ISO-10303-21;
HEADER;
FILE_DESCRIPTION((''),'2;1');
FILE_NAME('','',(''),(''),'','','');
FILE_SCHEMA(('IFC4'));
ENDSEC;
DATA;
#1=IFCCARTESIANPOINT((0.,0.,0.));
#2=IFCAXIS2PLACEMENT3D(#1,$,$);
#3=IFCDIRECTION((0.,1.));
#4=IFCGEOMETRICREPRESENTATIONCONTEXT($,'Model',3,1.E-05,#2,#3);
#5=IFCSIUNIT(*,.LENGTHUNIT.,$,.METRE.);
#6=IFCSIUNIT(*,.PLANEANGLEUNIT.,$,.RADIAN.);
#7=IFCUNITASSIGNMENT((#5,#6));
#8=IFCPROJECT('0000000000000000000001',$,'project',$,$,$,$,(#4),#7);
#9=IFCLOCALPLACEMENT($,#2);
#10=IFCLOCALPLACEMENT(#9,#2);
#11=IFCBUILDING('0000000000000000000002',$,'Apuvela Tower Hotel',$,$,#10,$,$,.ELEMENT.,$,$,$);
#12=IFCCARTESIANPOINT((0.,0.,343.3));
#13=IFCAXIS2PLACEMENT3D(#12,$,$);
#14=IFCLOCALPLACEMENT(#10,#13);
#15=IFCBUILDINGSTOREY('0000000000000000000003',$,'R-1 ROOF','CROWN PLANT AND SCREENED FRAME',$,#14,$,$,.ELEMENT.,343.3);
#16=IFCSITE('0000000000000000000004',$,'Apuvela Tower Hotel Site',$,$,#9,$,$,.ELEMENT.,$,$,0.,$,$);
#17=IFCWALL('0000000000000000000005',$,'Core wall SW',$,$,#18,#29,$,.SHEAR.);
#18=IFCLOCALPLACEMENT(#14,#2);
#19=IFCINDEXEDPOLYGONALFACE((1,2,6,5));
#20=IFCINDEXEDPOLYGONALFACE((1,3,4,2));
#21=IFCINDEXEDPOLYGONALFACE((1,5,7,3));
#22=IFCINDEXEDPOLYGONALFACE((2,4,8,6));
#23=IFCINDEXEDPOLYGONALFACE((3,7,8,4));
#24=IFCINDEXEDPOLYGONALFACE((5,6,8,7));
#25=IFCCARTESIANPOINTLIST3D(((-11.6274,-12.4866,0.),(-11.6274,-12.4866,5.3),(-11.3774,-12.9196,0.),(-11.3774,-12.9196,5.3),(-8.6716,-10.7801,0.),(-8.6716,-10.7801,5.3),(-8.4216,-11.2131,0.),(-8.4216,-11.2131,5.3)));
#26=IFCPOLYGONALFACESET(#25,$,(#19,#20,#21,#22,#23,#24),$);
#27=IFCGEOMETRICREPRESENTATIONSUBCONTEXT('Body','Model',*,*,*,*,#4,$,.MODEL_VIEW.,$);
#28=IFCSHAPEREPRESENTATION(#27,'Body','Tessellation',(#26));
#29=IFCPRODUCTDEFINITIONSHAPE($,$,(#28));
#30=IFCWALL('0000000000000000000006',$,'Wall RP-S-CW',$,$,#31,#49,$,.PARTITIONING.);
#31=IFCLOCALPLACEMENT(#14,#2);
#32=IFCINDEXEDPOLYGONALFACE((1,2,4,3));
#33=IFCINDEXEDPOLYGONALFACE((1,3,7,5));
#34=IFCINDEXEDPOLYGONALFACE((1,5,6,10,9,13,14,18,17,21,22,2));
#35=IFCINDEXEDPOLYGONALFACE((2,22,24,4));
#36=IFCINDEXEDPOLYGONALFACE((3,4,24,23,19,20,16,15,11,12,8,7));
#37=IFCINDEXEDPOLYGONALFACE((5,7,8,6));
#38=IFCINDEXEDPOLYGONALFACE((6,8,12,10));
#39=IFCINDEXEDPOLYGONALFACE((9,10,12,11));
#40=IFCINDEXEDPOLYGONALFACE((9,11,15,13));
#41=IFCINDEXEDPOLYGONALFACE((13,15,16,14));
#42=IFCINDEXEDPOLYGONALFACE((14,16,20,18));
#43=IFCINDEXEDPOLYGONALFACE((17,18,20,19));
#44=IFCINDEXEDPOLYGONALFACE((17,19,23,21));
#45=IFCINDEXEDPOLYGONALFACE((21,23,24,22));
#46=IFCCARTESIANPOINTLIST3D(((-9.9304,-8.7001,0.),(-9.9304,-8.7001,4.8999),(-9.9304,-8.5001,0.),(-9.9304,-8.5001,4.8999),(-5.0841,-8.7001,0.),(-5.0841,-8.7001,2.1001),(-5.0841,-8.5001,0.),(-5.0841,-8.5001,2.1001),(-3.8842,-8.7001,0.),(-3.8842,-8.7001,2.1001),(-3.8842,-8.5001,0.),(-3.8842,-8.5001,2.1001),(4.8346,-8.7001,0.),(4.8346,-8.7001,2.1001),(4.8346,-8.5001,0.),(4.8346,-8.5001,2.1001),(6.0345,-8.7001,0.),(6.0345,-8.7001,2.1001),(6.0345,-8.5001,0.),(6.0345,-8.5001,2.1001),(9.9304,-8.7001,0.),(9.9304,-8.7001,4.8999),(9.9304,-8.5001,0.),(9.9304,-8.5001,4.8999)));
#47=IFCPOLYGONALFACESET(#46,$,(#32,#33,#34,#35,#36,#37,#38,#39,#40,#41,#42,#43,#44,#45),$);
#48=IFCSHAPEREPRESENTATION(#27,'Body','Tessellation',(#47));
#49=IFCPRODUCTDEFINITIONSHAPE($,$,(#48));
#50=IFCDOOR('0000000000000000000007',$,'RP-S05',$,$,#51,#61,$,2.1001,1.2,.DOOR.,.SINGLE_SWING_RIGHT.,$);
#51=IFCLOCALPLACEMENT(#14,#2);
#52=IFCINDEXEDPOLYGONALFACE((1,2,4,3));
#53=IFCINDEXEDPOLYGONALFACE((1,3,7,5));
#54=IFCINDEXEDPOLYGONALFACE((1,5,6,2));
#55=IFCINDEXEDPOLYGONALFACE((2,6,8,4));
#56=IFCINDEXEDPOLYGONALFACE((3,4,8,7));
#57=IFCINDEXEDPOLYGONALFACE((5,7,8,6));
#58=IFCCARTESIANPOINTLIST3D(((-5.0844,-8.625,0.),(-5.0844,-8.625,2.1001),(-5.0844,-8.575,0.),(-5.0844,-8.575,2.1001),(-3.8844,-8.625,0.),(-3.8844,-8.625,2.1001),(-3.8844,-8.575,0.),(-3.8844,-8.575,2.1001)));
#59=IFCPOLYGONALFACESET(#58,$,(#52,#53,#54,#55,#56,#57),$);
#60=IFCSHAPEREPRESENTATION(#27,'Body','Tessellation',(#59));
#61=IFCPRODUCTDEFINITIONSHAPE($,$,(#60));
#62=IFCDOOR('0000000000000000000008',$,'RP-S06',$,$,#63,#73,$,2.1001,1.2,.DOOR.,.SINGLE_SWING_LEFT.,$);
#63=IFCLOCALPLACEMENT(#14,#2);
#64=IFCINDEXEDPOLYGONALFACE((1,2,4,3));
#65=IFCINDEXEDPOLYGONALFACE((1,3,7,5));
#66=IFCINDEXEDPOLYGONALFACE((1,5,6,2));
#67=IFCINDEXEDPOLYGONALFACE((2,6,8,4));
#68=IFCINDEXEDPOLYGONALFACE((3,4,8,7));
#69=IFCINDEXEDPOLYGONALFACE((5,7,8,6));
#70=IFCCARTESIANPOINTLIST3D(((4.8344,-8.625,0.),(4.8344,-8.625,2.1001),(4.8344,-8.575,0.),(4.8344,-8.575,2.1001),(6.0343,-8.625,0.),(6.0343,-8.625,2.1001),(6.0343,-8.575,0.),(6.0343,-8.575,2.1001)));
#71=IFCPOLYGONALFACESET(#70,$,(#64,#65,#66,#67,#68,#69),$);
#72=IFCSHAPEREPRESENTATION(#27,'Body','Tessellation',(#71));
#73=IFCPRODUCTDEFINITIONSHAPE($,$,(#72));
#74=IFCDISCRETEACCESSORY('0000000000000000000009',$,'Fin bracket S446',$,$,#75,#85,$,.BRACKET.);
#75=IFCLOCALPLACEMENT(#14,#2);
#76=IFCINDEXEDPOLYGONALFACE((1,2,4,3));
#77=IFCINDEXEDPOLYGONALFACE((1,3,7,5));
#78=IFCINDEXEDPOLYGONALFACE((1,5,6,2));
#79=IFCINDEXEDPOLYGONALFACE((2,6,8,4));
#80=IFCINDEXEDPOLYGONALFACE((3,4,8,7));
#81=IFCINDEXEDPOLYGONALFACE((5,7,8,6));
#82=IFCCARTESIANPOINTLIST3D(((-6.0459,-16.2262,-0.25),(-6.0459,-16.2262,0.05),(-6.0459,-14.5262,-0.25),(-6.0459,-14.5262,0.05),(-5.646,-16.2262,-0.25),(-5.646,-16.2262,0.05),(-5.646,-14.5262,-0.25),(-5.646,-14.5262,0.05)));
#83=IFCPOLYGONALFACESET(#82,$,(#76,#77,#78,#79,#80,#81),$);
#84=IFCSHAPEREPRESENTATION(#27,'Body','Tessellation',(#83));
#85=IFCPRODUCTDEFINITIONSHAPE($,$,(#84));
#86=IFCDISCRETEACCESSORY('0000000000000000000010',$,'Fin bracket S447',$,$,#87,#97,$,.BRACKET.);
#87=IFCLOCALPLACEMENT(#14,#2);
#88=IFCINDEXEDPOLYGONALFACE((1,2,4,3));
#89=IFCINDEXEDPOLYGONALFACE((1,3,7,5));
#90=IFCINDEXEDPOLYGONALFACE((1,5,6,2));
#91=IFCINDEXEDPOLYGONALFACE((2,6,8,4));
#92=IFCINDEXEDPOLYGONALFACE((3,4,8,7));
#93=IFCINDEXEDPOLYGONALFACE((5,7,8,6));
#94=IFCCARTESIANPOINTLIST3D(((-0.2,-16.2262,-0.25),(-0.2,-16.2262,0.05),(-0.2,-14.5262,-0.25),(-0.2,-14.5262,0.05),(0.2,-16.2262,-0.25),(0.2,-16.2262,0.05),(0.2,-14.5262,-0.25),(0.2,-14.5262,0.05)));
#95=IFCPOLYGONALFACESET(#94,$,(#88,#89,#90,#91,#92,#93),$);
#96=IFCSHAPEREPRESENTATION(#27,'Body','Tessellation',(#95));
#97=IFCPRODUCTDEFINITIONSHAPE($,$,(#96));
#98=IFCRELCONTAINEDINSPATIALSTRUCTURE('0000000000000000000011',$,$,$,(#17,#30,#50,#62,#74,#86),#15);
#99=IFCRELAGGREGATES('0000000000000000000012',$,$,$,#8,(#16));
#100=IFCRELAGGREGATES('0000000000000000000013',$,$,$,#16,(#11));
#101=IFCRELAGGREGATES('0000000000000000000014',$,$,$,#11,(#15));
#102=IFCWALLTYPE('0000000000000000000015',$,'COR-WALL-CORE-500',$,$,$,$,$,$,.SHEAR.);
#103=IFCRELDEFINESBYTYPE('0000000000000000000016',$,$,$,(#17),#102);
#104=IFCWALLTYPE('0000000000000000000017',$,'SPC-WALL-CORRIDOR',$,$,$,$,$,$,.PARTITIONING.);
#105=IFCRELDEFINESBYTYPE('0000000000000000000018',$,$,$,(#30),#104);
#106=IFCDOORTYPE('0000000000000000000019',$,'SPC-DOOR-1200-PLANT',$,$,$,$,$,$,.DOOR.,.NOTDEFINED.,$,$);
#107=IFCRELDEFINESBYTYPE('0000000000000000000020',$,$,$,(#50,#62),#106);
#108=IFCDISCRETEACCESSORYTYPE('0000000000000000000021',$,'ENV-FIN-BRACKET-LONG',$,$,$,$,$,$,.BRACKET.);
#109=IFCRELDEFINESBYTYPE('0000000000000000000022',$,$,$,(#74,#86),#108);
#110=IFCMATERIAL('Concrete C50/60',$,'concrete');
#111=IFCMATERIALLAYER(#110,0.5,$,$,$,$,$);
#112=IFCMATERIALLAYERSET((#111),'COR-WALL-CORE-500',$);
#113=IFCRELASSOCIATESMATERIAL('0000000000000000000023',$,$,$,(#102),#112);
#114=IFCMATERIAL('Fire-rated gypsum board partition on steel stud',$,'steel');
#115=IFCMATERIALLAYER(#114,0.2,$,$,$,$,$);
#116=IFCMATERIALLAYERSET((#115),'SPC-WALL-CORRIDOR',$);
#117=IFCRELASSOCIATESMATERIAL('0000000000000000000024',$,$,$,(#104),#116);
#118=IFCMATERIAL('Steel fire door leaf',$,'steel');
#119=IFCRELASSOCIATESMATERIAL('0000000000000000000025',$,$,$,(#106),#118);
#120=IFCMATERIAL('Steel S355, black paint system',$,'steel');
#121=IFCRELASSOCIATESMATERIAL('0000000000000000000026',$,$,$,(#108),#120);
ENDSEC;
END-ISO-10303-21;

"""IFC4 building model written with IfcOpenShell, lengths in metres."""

from ifc_helpers import new_model, si_unit, direction, frame, frame_2d, origin, origin_2d, place, context, subcontext, project, spatial, rectangle, extrude, material, layer, layer_set, type_object, element, fill, save


model = new_model("IFC4")

# Units and contexts
model_context = context("Model", 3, precision=1e-05, world=origin(), true_north=direction((0.0, 1.0)))
body_context = subcontext(model_context, "Body", "Model", "MODEL_VIEW")
ifc_project = project(units=[si_unit("LENGTHUNIT", "METRE"), si_unit("PLANEANGLEUNIT", "RADIAN")], contexts=[model_context])

# Site, building, storey
site_placement = place(None, origin())
site = spatial("IfcSite", under=ifc_project, at=site_placement, Name="Apuvela Tower Hotel Site", CompositionType="ELEMENT", RefElevation=0.0)
building_placement = place(site_placement, origin())
building = spatial("IfcBuilding", under=site, at=building_placement, Name="Apuvela Tower Hotel", CompositionType="ELEMENT")
storey_placement = place(building_placement, frame((0.0, 0.0, 343.3)))
storey = spatial("IfcBuildingStorey", under=building, at=storey_placement, Name="R-1 ROOF", Description="CROWN PLANT AND SCREENED FRAME", CompositionType="ELEMENT", Elevation=343.3)

# Wall
ifc_material_1 = material(Name="Concrete C50/60", Category="concrete")
ifc_layer_1 = layer(ifc_material_1, 0.5)
ifc_layer_set_1 = layer_set([ifc_layer_1], Name="COR-WALL-CORE-500")
wall_type_1 = type_object("IfcWallType", Name="COR-WALL-CORE-500", PredefinedType="SHEAR", material=ifc_layer_set_1)
wall_1_placement = place(storey_placement, frame((-8.5466, -10.9966, 0.0), z_axis=(0.0, 0.0, 1.0), x_axis=(-0.866025, -0.500001, 0.0)))
element("IfcWall", 1, at=wall_1_placement, inside=storey, type_object=wall_type_1, Name="Core wall SW", PredefinedType="SHEAR", context=body_context, shape_type="SweptSolid", body=[
    extrude(rectangle(XDim=3.4131, YDim=0.5, at=frame_2d((1.7065, 0.0))), origin(), (0.0, 0.0, 1.0), 5.3),
])

# Wall, openings, doors
ifc_material_2 = material(Name="Fire-rated gypsum board partition on steel stud", Category="steel")
ifc_layer_2 = layer(ifc_material_2, 0.2)
ifc_layer_set_2 = layer_set([ifc_layer_2], Name="SPC-WALL-CORRIDOR")
wall_type_2 = type_object("IfcWallType", Name="SPC-WALL-CORRIDOR", PredefinedType="PARTITIONING", material=ifc_layer_set_2)
wall_2_placement = place(storey_placement, frame((-9.9304, -8.6001, 0.0), z_axis=(0.0, 0.0, 1.0), x_axis=(1.0, 0.0, 0.0)))
wall_2 = element("IfcWall", 2, at=wall_2_placement, inside=storey, type_object=wall_type_2, Name="Wall RP-S-CW", PredefinedType="PARTITIONING", context=body_context, shape_type="SweptSolid", body=[
    extrude(rectangle(XDim=19.8608, YDim=0.2, at=frame_2d((9.9304, 0.0))), origin(), (0.0, 0.0, 1.0), 4.8999),
])
opening_1_placement = place(wall_2_placement, frame((4.8462, 0.0, 0.0)))
opening_1 = element("IfcOpeningElement", 3, at=opening_1_placement, cuts=wall_2, PredefinedType="OPENING", context=body_context, shape_type="SweptSolid", body=[
    extrude(rectangle(XDim=1.2, YDim=2.1001, at=frame_2d((0.6001, 1.05))), frame((0.0, 0.1099, 0.0), z_axis=(0.0, -1.0, 0.0), x_axis=(1.0, 0.0, 0.0)), (0.0, 0.0, 1.0), 0.22),
])
opening_2_placement = place(wall_2_placement, frame((14.7649, 0.0, 0.0)))
opening_2 = element("IfcOpeningElement", 4, at=opening_2_placement, cuts=wall_2, PredefinedType="OPENING", context=body_context, shape_type="SweptSolid", body=[
    extrude(rectangle(XDim=1.2, YDim=2.1001, at=frame_2d((0.6001, 1.05))), frame((0.0, 0.1099, 0.0), z_axis=(0.0, -1.0, 0.0), x_axis=(1.0, 0.0, 0.0)), (0.0, 0.0, 1.0), 0.22),
])
ifc_material_3 = material(Name="Steel fire door leaf", Category="steel")
door_type = type_object("IfcDoorType", Name="SPC-DOOR-1200-PLANT", OperationType="NOTDEFINED", PredefinedType="DOOR", material=ifc_material_3)
door_1_placement = place(opening_1_placement, frame((1.2, 0.0, 0.0), z_axis=(0.0, 0.0, 1.0), x_axis=(-1.0, 0.0, 0.0)))
door_1 = element("IfcDoor", 5, at=door_1_placement, inside=storey, type_object=door_type, Name="RP-S05", OperationType="SINGLE_SWING_RIGHT", OverallHeight=2.1001, OverallWidth=1.2, PredefinedType="DOOR", context=body_context, shape_type="SweptSolid", body=[
    extrude(rectangle(XDim=1.2, YDim=2.1001, at=frame_2d((0.6001, 1.05))), frame((0.0, 0.0249, 0.0), z_axis=(0.0, -1.0, 0.0), x_axis=(1.0, 0.0, 0.0)), (0.0, 0.0, 1.0), 0.05),
])
fill(opening_1, door_1)
door_2_placement = place(opening_2_placement, frame((1.2, 0.0, 0.0), z_axis=(0.0, 0.0, 1.0), x_axis=(-1.0, 0.0, 0.0)))
door_2 = element("IfcDoor", 6, at=door_2_placement, inside=storey, type_object=door_type, Name="RP-S06", OperationType="SINGLE_SWING_LEFT", OverallHeight=2.1001, OverallWidth=1.2, PredefinedType="DOOR", context=body_context, shape_type="SweptSolid", body=[
    extrude(rectangle(XDim=1.2, YDim=2.1001, at=frame_2d((0.6001, 1.05))), frame((0.0, 0.0249, 0.0), z_axis=(0.0, -1.0, 0.0), x_axis=(1.0, 0.0, 0.0)), (0.0, 0.0, 1.0), 0.05),
])
fill(opening_2, door_2)

# Discrete accessories
ifc_material_4 = material(Name="Steel S355, black paint system", Category="steel")
discrete_accessory_type = type_object("IfcDiscreteAccessoryType", Name="ENV-FIN-BRACKET-LONG", PredefinedType="BRACKET", material=ifc_material_4)
for number, where, z_axis, x_axis, name in (
    (7, (-5.8459, -15.3762, -0.25), (0.0, 0.0, 1.0), (1.0, 0.0, 0.0), "Fin bracket S446"),
    (8, (0.0, -15.3762, -0.25), (0.0, 0.0, 1.0), (1.0, 0.0, 0.0), "Fin bracket S447"),
):
    element("IfcDiscreteAccessory", number, at=place(storey_placement, frame(where, z_axis=z_axis, x_axis=x_axis)), inside=storey, type_object=discrete_accessory_type, Name=name, PredefinedType="BRACKET", context=body_context, shape_type="SweptSolid", body=[
        extrude(rectangle(XDim=0.3999, YDim=1.7, at=origin_2d()), origin(), (0.0, 0.0, 1.0), 0.3),
    ])

save(model, "model.ifc")
